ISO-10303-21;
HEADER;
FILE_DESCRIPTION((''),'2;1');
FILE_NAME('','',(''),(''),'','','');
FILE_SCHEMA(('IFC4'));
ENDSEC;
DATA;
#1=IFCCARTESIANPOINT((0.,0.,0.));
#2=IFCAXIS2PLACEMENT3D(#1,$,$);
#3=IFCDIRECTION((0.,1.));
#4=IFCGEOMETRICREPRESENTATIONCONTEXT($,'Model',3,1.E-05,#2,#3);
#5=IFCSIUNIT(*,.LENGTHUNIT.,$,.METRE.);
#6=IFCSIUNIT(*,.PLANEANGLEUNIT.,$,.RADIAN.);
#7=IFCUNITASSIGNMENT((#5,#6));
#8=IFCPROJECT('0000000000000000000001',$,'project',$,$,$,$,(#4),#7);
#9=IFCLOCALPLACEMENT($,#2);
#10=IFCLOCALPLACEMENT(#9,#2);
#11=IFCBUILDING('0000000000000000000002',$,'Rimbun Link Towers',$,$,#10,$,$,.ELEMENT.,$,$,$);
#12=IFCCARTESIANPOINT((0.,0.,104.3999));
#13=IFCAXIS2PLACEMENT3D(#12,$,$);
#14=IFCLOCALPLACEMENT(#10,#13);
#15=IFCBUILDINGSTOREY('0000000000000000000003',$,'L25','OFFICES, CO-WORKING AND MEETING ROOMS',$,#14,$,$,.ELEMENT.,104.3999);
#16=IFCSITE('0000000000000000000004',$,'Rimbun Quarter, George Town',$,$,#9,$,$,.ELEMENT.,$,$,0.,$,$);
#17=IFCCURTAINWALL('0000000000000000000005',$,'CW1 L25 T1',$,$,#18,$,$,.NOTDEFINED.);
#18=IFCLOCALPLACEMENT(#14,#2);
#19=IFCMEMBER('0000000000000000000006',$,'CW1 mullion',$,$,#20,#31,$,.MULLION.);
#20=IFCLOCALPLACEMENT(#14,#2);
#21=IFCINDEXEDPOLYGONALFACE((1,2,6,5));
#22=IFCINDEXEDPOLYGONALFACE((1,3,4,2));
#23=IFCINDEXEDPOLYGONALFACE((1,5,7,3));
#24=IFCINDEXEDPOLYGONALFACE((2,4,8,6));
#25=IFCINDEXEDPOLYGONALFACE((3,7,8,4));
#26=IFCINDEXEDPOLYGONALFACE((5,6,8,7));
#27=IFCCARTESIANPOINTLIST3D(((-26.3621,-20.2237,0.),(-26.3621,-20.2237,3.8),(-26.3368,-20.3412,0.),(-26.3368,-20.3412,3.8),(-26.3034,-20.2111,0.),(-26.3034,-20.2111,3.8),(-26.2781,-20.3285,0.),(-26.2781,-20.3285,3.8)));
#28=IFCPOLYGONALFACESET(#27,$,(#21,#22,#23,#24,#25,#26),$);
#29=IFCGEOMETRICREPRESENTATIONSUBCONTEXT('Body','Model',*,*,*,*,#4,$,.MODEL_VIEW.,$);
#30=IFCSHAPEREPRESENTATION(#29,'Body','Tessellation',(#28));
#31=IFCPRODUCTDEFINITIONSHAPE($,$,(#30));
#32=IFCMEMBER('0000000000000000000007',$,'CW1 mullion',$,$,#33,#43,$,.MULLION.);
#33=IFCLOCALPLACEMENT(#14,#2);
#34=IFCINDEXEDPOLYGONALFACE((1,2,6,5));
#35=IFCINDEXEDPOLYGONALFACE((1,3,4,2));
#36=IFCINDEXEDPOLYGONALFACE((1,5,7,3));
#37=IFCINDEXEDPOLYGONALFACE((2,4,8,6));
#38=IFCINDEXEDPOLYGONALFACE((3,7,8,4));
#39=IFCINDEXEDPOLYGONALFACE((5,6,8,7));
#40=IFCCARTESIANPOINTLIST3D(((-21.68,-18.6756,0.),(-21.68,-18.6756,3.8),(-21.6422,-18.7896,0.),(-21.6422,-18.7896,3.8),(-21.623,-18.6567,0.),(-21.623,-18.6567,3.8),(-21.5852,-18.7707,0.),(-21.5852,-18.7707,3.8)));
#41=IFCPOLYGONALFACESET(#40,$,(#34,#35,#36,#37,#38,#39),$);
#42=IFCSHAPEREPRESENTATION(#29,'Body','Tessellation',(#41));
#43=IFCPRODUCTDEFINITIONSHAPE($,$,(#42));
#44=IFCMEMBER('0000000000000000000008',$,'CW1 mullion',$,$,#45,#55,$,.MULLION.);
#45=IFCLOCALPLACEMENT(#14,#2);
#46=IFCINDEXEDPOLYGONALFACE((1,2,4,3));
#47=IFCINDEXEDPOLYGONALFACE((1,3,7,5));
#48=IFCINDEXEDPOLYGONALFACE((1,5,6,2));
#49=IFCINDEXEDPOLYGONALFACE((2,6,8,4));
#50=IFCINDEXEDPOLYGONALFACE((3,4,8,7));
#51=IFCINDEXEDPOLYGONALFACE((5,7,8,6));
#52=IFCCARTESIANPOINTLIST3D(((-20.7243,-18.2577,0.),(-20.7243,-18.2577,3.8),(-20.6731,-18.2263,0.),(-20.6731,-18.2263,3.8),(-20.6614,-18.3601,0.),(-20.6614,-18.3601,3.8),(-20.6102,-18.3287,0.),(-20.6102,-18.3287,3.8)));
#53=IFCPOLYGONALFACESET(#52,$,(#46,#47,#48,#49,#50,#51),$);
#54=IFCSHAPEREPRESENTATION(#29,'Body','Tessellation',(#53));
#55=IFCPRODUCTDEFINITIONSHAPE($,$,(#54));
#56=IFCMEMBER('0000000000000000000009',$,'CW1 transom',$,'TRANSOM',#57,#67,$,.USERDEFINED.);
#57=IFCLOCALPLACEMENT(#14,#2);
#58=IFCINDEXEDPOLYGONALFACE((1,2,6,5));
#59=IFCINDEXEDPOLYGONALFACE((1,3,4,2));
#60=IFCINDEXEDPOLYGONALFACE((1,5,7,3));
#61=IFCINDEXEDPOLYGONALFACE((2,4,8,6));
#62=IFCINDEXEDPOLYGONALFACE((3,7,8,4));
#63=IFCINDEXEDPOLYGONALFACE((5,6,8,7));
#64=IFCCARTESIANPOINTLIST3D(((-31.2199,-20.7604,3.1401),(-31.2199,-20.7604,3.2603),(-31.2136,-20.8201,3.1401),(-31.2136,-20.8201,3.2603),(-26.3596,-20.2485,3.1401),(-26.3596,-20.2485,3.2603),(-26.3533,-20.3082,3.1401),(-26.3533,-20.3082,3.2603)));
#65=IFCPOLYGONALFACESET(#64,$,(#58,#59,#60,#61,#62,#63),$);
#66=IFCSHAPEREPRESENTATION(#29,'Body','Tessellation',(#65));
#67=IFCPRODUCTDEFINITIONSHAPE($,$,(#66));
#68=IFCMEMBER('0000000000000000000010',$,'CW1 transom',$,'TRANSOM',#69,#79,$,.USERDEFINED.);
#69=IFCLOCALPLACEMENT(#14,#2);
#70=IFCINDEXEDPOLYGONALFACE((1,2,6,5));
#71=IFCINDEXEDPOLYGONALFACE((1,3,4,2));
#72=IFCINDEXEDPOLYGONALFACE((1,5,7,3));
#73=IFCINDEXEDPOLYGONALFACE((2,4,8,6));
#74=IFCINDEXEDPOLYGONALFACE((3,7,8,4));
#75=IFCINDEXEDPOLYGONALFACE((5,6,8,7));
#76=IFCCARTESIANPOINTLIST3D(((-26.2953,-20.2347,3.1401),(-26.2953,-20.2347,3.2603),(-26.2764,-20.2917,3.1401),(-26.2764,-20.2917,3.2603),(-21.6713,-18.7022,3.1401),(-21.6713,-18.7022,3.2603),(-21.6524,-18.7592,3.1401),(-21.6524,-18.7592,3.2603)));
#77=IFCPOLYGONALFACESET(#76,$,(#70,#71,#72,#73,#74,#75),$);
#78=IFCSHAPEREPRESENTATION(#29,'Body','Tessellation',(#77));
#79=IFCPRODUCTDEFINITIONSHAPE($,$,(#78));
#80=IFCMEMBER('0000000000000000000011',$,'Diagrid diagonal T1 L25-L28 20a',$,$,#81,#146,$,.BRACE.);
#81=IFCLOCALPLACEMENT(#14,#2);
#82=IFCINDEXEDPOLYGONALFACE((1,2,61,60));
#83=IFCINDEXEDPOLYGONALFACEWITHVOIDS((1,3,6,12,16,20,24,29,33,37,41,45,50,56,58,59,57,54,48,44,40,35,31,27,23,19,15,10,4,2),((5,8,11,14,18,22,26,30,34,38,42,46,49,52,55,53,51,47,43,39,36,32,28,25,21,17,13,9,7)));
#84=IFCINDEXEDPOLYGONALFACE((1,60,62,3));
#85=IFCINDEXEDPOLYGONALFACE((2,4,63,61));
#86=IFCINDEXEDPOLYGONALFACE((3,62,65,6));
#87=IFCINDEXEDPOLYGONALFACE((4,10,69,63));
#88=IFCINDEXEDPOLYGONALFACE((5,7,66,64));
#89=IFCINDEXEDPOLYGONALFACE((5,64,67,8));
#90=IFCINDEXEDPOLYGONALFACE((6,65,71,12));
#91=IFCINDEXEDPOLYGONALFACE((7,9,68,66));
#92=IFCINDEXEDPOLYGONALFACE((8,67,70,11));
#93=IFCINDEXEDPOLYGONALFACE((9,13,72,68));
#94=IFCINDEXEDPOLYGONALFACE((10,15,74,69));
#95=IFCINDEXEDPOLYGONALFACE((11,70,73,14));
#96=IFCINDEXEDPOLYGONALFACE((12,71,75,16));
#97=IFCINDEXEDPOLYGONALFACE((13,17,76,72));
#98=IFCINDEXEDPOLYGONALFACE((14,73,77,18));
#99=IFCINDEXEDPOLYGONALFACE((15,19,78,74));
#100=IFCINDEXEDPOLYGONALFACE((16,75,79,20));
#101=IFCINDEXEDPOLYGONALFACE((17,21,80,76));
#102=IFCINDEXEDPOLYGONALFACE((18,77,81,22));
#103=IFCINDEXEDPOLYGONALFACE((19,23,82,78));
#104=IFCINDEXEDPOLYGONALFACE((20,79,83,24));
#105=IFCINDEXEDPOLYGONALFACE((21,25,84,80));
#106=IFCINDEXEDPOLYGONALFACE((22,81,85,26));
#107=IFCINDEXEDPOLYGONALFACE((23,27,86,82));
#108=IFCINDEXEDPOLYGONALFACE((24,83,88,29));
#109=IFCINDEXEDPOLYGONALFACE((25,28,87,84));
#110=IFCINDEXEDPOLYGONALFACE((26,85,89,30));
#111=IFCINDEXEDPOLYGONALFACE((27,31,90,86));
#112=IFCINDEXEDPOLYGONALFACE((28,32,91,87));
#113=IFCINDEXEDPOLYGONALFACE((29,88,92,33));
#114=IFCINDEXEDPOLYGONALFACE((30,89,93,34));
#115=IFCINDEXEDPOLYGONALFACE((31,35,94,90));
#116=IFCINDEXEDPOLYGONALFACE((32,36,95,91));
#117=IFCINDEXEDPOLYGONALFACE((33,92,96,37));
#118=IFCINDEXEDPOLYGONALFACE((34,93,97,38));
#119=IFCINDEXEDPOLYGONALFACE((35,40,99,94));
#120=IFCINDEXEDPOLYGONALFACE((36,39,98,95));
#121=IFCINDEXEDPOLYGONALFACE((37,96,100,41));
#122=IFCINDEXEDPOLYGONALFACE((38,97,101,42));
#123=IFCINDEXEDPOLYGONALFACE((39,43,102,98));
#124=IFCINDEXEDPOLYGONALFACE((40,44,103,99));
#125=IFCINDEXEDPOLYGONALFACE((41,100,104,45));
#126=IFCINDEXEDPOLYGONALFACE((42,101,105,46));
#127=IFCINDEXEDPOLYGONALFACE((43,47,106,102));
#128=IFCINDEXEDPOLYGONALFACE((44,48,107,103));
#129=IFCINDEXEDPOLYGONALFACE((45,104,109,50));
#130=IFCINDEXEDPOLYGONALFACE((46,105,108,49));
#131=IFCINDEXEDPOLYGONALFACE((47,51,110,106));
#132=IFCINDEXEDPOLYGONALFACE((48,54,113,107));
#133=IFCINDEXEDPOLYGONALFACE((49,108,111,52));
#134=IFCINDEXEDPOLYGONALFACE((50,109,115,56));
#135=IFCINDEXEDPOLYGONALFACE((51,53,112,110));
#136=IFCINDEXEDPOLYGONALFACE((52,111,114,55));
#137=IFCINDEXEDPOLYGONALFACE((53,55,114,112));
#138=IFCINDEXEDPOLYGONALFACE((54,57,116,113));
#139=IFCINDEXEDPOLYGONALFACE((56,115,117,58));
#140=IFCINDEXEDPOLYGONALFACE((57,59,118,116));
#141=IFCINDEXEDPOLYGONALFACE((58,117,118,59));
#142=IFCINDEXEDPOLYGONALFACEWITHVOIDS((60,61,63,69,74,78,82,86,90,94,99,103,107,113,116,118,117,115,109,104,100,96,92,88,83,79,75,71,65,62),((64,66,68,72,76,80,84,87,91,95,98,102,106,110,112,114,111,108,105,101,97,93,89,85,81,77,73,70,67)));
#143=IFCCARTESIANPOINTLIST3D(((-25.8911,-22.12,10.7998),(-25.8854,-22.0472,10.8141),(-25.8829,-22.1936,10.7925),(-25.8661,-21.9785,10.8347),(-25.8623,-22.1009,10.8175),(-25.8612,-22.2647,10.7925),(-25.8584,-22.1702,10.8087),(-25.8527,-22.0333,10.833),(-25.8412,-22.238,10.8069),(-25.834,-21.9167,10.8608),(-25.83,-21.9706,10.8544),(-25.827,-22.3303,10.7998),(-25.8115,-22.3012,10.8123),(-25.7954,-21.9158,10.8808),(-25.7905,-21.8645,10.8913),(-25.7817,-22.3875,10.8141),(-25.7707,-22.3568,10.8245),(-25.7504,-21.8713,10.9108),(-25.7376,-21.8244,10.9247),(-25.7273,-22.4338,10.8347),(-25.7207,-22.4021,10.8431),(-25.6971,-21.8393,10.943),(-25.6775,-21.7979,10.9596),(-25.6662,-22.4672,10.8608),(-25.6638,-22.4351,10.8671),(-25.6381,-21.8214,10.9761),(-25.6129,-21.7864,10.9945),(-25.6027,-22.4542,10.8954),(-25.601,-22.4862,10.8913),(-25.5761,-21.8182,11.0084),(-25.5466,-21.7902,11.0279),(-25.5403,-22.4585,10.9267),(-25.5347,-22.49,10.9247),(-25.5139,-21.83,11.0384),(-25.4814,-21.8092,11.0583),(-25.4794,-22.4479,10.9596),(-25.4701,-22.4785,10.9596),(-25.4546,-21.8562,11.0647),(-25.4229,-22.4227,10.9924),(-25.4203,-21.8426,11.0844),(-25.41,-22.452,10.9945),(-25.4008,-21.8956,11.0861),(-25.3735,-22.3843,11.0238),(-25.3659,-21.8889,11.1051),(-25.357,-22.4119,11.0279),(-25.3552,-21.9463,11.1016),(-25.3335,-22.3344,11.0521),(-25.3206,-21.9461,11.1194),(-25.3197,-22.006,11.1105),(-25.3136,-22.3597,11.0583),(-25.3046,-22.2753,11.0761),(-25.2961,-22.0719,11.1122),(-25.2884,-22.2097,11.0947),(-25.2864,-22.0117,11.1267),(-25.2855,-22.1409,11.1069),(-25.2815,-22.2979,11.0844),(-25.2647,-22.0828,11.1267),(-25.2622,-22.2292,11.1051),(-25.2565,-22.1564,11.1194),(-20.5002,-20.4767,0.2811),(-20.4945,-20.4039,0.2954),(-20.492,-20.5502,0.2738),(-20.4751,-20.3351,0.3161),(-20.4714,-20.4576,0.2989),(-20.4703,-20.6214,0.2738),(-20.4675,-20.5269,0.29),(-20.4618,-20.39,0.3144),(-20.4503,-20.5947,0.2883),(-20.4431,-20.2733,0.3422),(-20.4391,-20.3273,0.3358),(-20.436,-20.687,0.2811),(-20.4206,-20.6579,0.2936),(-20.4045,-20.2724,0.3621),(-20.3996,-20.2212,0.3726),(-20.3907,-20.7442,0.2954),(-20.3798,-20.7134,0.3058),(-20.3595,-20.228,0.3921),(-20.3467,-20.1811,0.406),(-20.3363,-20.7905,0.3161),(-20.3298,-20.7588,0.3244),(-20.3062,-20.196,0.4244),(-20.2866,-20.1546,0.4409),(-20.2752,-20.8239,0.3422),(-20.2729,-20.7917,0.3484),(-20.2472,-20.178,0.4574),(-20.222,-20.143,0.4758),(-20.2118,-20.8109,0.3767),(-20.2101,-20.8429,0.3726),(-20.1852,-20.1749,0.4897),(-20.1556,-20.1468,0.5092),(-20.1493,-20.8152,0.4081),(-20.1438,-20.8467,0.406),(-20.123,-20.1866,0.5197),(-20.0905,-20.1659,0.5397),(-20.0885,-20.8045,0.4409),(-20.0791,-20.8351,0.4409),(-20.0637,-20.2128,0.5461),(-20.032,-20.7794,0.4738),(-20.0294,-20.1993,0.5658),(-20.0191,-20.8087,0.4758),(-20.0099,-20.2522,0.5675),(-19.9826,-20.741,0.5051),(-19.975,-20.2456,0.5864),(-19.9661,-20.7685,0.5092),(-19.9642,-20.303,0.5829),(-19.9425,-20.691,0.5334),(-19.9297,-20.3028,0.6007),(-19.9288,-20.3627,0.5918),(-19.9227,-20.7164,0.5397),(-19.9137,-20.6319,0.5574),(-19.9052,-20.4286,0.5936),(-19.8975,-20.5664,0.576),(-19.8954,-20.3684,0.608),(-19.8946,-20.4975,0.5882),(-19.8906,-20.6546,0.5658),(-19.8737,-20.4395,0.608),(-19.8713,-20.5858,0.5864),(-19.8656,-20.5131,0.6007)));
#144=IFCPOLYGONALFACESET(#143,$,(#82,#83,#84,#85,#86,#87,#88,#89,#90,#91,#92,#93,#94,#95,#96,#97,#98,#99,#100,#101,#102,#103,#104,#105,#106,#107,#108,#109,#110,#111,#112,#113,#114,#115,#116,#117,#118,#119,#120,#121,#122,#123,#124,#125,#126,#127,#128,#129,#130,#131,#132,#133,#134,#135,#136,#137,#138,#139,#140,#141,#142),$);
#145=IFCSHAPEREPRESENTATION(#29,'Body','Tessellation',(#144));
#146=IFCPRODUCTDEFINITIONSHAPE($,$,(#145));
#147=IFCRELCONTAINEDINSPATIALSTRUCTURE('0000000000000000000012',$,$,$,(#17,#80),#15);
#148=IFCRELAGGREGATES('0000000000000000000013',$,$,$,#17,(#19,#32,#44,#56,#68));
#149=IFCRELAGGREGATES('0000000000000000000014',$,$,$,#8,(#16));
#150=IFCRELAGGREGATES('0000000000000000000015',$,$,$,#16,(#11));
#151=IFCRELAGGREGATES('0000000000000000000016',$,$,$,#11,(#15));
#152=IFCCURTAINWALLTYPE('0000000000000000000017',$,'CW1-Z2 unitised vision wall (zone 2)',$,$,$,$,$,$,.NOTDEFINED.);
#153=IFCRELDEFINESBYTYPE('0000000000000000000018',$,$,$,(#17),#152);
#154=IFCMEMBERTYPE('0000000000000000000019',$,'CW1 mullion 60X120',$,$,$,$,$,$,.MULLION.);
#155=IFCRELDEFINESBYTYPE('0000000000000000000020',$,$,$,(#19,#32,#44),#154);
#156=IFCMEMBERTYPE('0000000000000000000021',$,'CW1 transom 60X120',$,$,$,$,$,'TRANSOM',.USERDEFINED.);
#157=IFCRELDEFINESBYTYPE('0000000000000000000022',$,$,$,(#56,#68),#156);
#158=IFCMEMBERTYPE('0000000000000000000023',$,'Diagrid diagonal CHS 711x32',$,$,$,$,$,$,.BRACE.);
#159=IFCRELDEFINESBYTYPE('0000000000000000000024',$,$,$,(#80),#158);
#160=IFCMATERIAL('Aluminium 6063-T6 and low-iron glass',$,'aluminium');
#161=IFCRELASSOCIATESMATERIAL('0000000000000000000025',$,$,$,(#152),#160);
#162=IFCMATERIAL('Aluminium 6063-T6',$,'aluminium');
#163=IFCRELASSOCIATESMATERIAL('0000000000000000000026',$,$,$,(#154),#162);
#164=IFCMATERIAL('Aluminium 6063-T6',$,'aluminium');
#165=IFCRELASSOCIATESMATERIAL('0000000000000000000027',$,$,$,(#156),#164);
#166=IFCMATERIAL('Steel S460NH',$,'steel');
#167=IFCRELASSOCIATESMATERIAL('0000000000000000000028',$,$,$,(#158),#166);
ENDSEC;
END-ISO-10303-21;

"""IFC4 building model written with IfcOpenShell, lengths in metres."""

from ifc_helpers import new_model, si_unit, direction, frame, origin, origin_2d, place, context, subcontext, project, spatial, rectangle, hollow_circle, extrude, material, material_profile, profile_set, type_object, element, aggregate, save


model = new_model("IFC4")

# Units and contexts
model_context = context("Model", 3, precision=1e-05, world=origin(), true_north=direction((0.0, 1.0)))
body_context = subcontext(model_context, "Body", "Model", "MODEL_VIEW")
ifc_project = project(units=[si_unit("LENGTHUNIT", "METRE"), si_unit("PLANEANGLEUNIT", "RADIAN")], contexts=[model_context])

# Site, building, storey
site_placement = place(None, origin())
site = spatial("IfcSite", under=ifc_project, at=site_placement, Name="Rimbun Quarter, George Town", CompositionType="ELEMENT", RefElevation=0.0)
building_placement = place(site_placement, origin())
building = spatial("IfcBuilding", under=site, at=building_placement, Name="Rimbun Link Towers", CompositionType="ELEMENT")
storey_placement = place(building_placement, frame((0.0, 0.0, 104.3999)))
storey = spatial("IfcBuildingStorey", under=building, at=storey_placement, Name="L25", Description="OFFICES, CO-WORKING AND MEETING ROOMS", CompositionType="ELEMENT", Elevation=104.3999)

# Curtain wall, members
ifc_material_1 = material(Name="Aluminium 6063-T6 and low-iron glass", Category="aluminium")
curtain_wall_type = type_object("IfcCurtainWallType", Name="CW1-Z2 unitised vision wall (zone 2)", PredefinedType="NOTDEFINED", material=ifc_material_1)
curtain_wall_placement = place(storey_placement, origin())
curtain_wall = element("IfcCurtainWall", 1, at=curtain_wall_placement, inside=storey, type_object=curtain_wall_type, Name="CW1 L25 T1", PredefinedType="NOTDEFINED")
ifc_material_2 = material(Name="Aluminium 6063-T6", Category="aluminium")
ifc_material_profile_1 = material_profile(ifc_material_2, rectangle(XDim=0.1201, YDim=0.0601, at=origin_2d()), Name="MULLION 60X120")
ifc_profile_set_1 = profile_set([ifc_material_profile_1], Name="Aluminium 6063-T6")
member_type_1 = type_object("IfcMemberType", Name="CW1 mullion 60X120", PredefinedType="MULLION", material=ifc_profile_set_1)
member_1_placement = place(storey_placement, frame((-26.3201, -20.2761, 0.0), z_axis=(0.0, 0.0, 1.0), x_axis=(0.210865, -0.977515, 0.0)))
member_1 = element("IfcMember", 2, at=member_1_placement, type_object=member_type_1, Name="CW1 mullion", PredefinedType="MULLION", context=body_context, shape_type="SweptSolid", body=[
    extrude(rectangle(XDim=0.1201, YDim=0.0601, at=origin_2d()), origin(), (0.0, 0.0, 1.0), 3.8),
])
member_2_placement = place(storey_placement, frame((-21.6326, -18.7231, 0.0), z_axis=(0.0, 0.0, 1.0), x_axis=(0.314562, -0.949237, 0.0)))
member_2 = element("IfcMember", 3, at=member_2_placement, type_object=member_type_1, Name="CW1 mullion", PredefinedType="MULLION", context=body_context, shape_type="SweptSolid", body=[
    extrude(rectangle(XDim=0.1201, YDim=0.0601, at=origin_2d()), origin(), (0.0, 0.0, 1.0), 3.8),
])
member_3_placement = place(storey_placement, frame((-20.6672, -18.2932, 0.0), z_axis=(0.0, 0.0, 1.0), x_axis=(0.523241, -0.852185, 0.0)))
member_3 = element("IfcMember", 4, at=member_3_placement, type_object=member_type_1, Name="CW1 mullion", PredefinedType="MULLION", context=body_context, shape_type="SweptSolid", body=[
    extrude(rectangle(XDim=0.1201, YDim=0.0601, at=origin_2d()), origin(), (0.0, 0.0, 1.0), 3.8),
])
ifc_material_3 = material(Name="Aluminium 6063-T6", Category="aluminium")
ifc_material_profile_2 = material_profile(ifc_material_3, rectangle(XDim=0.0601, YDim=0.1201, at=origin_2d()), Name="TRANSOM 60X120")
ifc_profile_set_2 = profile_set([ifc_material_profile_2], Name="Aluminium 6063-T6")
member_type_2 = type_object("IfcMemberType", Name="CW1 transom 60X120", ElementType="TRANSOM", PredefinedType="USERDEFINED", material=ifc_profile_set_2)
member_4_placement = place(storey_placement, frame((-26.3564, -20.2783, 3.2002), z_axis=(-0.994498, -0.104755, 0.0), x_axis=(0.104755, -0.994498, 0.0)))
member_4 = element("IfcMember", 5, at=member_4_placement, type_object=member_type_2, Name="CW1 transom", ObjectType="TRANSOM", PredefinedType="USERDEFINED", context=body_context, shape_type="SweptSolid", body=[
    extrude(rectangle(XDim=0.0601, YDim=0.1201, at=origin_2d()), origin(), (0.0, 0.0, 1.0), 4.8872),
])
member_5_placement = place(storey_placement, frame((-21.6619, -18.7307, 3.2002), z_axis=(-0.949228, -0.314588, 0.0), x_axis=(0.314588, -0.949228, 0.0)))
member_5 = element("IfcMember", 6, at=member_5_placement, type_object=member_type_2, Name="CW1 transom", ObjectType="TRANSOM", PredefinedType="USERDEFINED", context=body_context, shape_type="SweptSolid", body=[
    extrude(rectangle(XDim=0.0601, YDim=0.1201, at=origin_2d()), origin(), (0.0, 0.0, 1.0), 4.8713),
])

# Member
ifc_material_4 = material(Name="Steel S460NH", Category="steel")
ifc_material_profile_3 = material_profile(ifc_material_4, hollow_circle(Radius=0.3557, WallThickness=0.032, at=origin_2d()), Name="Diagrid diagonal CHS 711x32")
ifc_profile_set_3 = profile_set([ifc_material_profile_3], Name="Steel S460NH")
member_type_3 = type_object("IfcMemberType", Name="Diagrid diagonal CHS 711x32", PredefinedType="BRACE", material=ifc_profile_set_3)
member_6_placement = place(storey_placement, frame((-20.1829, -20.4949, 0.4409), z_axis=(-0.451753, -0.137709, 0.881451), x_axis=(0.291586, -0.956545, 0.0)))
element("IfcMember", 7, at=member_6_placement, inside=storey, type_object=member_type_3, Name="Diagrid diagonal T1 L25-L28 20a", PredefinedType="BRACE", context=body_context, shape_type="SweptSolid", body=[
    extrude(hollow_circle(Radius=0.3557, WallThickness=0.032, at=origin_2d()), origin(), (0.0, 0.0, 1.0), 11.9333),
])

aggregate(curtain_wall, [member_1, member_2, member_3, member_4, member_5])

save(model, "model.ifc")
